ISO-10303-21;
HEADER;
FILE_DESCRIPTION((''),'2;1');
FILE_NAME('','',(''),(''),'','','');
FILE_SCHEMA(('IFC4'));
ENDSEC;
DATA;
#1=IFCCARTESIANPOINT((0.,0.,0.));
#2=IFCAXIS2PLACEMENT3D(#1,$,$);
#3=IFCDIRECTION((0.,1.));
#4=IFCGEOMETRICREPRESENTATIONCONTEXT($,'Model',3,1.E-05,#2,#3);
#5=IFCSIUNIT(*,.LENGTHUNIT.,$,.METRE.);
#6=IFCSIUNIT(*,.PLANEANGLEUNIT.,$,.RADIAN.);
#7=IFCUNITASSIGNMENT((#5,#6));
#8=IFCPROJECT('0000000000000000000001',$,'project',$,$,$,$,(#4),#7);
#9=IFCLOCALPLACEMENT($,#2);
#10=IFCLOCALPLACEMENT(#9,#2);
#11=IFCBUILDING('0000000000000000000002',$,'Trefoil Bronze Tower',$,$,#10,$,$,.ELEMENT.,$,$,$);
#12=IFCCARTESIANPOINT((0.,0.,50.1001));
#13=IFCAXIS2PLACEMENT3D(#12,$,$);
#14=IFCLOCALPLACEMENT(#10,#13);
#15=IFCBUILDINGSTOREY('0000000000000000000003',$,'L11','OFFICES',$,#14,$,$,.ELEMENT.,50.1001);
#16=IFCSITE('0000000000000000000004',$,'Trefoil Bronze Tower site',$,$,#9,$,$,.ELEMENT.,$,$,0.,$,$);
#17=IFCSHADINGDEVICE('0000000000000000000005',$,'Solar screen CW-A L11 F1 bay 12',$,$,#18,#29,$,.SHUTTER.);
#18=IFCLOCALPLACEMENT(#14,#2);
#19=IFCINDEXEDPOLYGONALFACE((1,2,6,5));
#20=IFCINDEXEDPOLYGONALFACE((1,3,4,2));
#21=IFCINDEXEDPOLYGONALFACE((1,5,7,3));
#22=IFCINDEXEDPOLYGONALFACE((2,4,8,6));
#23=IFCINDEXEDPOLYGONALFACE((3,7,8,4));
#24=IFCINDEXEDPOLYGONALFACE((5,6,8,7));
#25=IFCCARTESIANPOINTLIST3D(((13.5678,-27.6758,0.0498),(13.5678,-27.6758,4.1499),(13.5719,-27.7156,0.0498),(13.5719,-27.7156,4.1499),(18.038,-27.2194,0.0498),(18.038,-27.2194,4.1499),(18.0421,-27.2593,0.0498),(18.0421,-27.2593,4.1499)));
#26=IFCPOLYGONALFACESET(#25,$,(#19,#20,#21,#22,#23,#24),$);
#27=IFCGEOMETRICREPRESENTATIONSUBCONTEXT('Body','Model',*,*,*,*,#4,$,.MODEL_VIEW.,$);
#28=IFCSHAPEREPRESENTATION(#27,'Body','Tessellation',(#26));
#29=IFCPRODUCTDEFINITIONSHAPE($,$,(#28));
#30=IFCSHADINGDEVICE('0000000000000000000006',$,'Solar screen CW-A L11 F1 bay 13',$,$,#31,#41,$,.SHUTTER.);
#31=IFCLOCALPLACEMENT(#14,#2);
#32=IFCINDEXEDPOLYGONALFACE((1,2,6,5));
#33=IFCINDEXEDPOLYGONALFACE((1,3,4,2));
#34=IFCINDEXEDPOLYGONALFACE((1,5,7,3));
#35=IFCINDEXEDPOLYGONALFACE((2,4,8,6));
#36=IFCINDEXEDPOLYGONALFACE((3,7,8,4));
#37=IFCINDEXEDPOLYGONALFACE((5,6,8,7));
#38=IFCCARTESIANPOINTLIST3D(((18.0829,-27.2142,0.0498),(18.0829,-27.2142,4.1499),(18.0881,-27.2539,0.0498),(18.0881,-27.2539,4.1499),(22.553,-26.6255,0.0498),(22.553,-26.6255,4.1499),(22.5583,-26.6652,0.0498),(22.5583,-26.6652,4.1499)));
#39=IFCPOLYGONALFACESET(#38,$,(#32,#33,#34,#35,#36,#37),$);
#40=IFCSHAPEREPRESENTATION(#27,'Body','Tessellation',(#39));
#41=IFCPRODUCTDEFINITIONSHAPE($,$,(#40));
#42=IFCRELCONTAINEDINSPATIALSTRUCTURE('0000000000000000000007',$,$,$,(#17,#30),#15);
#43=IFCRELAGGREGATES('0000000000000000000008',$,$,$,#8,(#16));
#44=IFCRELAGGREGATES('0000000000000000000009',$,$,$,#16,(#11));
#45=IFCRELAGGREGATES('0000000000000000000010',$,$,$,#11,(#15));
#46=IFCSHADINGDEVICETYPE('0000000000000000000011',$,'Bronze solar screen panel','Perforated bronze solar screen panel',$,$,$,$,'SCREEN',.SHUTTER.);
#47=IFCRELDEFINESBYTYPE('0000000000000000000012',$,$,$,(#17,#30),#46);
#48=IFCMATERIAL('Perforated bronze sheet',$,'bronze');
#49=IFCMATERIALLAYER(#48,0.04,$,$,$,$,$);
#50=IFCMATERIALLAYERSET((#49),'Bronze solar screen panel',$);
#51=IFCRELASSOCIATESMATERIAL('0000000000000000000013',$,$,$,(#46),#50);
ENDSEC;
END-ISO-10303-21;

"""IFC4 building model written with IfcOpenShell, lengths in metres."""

from ifc_helpers import new_model, si_unit, direction, frame, origin, origin_2d, place, context, subcontext, project, spatial, rectangle, extrude, material, layer, layer_set, type_object, element, save


model = new_model("IFC4")

# Units and contexts
model_context = context("Model", 3, precision=1e-05, world=origin(), true_north=direction((0.0, 1.0)))
body_context = subcontext(model_context, "Body", "Model", "MODEL_VIEW")
ifc_project = project(units=[si_unit("LENGTHUNIT", "METRE"), si_unit("PLANEANGLEUNIT", "RADIAN")], contexts=[model_context])

# Site, building, storey
site_placement = place(None, origin())
site = spatial("IfcSite", under=ifc_project, at=site_placement, Name="Trefoil Bronze Tower site", CompositionType="ELEMENT", RefElevation=0.0)
building_placement = place(site_placement, origin())
building = spatial("IfcBuilding", under=site, at=building_placement, Name="Trefoil Bronze Tower", CompositionType="ELEMENT")
storey_placement = place(building_placement, frame((0.0, 0.0, 50.1001)))
storey = spatial("IfcBuildingStorey", under=building, at=storey_placement, Name="L11", Description="OFFICES", CompositionType="ELEMENT", Elevation=50.1001)

# Shading devices
ifc_material_1 = material(Name="Perforated bronze sheet", Category="bronze")
ifc_layer_1 = layer(ifc_material_1, 0.04)
ifc_layer_set_1 = layer_set([ifc_layer_1], Name="Bronze solar screen panel")
shading_device_type = type_object("IfcShadingDeviceType", Name="Bronze solar screen panel", Description="Perforated bronze solar screen panel", ElementType="SCREEN", PredefinedType="SHUTTER", material=ifc_layer_set_1)
shading_device_1_placement = place(storey_placement, frame((15.8049, -27.4675, 0.0498), z_axis=(0.0, 0.0, 1.0), x_axis=(0.994829, 0.101565, 0.0)))
element("IfcShadingDevice", 1, at=shading_device_1_placement, inside=storey, type_object=shading_device_type, Name="Solar screen CW-A L11 F1 bay 12", PredefinedType="SHUTTER", context=body_context, shape_type="SweptSolid", body=[
    extrude(rectangle(XDim=4.4934, YDim=0.04, at=origin_2d()), origin(), (0.0, 0.0, 1.0), 4.1001),
])
shading_device_2_placement = place(storey_placement, frame((20.3206, -26.9397, 0.0498), z_axis=(0.0, 0.0, 1.0), x_axis=(0.991437, 0.130584, 0.0)))
element("IfcShadingDevice", 2, at=shading_device_2_placement, inside=storey, type_object=shading_device_type, Name="Solar screen CW-A L11 F1 bay 13", PredefinedType="SHUTTER", context=body_context, shape_type="SweptSolid", body=[
    extrude(rectangle(XDim=4.5088, YDim=0.04, at=origin_2d()), origin(), (0.0, 0.0, 1.0), 4.1001),
])

save(model, "model.ifc")
